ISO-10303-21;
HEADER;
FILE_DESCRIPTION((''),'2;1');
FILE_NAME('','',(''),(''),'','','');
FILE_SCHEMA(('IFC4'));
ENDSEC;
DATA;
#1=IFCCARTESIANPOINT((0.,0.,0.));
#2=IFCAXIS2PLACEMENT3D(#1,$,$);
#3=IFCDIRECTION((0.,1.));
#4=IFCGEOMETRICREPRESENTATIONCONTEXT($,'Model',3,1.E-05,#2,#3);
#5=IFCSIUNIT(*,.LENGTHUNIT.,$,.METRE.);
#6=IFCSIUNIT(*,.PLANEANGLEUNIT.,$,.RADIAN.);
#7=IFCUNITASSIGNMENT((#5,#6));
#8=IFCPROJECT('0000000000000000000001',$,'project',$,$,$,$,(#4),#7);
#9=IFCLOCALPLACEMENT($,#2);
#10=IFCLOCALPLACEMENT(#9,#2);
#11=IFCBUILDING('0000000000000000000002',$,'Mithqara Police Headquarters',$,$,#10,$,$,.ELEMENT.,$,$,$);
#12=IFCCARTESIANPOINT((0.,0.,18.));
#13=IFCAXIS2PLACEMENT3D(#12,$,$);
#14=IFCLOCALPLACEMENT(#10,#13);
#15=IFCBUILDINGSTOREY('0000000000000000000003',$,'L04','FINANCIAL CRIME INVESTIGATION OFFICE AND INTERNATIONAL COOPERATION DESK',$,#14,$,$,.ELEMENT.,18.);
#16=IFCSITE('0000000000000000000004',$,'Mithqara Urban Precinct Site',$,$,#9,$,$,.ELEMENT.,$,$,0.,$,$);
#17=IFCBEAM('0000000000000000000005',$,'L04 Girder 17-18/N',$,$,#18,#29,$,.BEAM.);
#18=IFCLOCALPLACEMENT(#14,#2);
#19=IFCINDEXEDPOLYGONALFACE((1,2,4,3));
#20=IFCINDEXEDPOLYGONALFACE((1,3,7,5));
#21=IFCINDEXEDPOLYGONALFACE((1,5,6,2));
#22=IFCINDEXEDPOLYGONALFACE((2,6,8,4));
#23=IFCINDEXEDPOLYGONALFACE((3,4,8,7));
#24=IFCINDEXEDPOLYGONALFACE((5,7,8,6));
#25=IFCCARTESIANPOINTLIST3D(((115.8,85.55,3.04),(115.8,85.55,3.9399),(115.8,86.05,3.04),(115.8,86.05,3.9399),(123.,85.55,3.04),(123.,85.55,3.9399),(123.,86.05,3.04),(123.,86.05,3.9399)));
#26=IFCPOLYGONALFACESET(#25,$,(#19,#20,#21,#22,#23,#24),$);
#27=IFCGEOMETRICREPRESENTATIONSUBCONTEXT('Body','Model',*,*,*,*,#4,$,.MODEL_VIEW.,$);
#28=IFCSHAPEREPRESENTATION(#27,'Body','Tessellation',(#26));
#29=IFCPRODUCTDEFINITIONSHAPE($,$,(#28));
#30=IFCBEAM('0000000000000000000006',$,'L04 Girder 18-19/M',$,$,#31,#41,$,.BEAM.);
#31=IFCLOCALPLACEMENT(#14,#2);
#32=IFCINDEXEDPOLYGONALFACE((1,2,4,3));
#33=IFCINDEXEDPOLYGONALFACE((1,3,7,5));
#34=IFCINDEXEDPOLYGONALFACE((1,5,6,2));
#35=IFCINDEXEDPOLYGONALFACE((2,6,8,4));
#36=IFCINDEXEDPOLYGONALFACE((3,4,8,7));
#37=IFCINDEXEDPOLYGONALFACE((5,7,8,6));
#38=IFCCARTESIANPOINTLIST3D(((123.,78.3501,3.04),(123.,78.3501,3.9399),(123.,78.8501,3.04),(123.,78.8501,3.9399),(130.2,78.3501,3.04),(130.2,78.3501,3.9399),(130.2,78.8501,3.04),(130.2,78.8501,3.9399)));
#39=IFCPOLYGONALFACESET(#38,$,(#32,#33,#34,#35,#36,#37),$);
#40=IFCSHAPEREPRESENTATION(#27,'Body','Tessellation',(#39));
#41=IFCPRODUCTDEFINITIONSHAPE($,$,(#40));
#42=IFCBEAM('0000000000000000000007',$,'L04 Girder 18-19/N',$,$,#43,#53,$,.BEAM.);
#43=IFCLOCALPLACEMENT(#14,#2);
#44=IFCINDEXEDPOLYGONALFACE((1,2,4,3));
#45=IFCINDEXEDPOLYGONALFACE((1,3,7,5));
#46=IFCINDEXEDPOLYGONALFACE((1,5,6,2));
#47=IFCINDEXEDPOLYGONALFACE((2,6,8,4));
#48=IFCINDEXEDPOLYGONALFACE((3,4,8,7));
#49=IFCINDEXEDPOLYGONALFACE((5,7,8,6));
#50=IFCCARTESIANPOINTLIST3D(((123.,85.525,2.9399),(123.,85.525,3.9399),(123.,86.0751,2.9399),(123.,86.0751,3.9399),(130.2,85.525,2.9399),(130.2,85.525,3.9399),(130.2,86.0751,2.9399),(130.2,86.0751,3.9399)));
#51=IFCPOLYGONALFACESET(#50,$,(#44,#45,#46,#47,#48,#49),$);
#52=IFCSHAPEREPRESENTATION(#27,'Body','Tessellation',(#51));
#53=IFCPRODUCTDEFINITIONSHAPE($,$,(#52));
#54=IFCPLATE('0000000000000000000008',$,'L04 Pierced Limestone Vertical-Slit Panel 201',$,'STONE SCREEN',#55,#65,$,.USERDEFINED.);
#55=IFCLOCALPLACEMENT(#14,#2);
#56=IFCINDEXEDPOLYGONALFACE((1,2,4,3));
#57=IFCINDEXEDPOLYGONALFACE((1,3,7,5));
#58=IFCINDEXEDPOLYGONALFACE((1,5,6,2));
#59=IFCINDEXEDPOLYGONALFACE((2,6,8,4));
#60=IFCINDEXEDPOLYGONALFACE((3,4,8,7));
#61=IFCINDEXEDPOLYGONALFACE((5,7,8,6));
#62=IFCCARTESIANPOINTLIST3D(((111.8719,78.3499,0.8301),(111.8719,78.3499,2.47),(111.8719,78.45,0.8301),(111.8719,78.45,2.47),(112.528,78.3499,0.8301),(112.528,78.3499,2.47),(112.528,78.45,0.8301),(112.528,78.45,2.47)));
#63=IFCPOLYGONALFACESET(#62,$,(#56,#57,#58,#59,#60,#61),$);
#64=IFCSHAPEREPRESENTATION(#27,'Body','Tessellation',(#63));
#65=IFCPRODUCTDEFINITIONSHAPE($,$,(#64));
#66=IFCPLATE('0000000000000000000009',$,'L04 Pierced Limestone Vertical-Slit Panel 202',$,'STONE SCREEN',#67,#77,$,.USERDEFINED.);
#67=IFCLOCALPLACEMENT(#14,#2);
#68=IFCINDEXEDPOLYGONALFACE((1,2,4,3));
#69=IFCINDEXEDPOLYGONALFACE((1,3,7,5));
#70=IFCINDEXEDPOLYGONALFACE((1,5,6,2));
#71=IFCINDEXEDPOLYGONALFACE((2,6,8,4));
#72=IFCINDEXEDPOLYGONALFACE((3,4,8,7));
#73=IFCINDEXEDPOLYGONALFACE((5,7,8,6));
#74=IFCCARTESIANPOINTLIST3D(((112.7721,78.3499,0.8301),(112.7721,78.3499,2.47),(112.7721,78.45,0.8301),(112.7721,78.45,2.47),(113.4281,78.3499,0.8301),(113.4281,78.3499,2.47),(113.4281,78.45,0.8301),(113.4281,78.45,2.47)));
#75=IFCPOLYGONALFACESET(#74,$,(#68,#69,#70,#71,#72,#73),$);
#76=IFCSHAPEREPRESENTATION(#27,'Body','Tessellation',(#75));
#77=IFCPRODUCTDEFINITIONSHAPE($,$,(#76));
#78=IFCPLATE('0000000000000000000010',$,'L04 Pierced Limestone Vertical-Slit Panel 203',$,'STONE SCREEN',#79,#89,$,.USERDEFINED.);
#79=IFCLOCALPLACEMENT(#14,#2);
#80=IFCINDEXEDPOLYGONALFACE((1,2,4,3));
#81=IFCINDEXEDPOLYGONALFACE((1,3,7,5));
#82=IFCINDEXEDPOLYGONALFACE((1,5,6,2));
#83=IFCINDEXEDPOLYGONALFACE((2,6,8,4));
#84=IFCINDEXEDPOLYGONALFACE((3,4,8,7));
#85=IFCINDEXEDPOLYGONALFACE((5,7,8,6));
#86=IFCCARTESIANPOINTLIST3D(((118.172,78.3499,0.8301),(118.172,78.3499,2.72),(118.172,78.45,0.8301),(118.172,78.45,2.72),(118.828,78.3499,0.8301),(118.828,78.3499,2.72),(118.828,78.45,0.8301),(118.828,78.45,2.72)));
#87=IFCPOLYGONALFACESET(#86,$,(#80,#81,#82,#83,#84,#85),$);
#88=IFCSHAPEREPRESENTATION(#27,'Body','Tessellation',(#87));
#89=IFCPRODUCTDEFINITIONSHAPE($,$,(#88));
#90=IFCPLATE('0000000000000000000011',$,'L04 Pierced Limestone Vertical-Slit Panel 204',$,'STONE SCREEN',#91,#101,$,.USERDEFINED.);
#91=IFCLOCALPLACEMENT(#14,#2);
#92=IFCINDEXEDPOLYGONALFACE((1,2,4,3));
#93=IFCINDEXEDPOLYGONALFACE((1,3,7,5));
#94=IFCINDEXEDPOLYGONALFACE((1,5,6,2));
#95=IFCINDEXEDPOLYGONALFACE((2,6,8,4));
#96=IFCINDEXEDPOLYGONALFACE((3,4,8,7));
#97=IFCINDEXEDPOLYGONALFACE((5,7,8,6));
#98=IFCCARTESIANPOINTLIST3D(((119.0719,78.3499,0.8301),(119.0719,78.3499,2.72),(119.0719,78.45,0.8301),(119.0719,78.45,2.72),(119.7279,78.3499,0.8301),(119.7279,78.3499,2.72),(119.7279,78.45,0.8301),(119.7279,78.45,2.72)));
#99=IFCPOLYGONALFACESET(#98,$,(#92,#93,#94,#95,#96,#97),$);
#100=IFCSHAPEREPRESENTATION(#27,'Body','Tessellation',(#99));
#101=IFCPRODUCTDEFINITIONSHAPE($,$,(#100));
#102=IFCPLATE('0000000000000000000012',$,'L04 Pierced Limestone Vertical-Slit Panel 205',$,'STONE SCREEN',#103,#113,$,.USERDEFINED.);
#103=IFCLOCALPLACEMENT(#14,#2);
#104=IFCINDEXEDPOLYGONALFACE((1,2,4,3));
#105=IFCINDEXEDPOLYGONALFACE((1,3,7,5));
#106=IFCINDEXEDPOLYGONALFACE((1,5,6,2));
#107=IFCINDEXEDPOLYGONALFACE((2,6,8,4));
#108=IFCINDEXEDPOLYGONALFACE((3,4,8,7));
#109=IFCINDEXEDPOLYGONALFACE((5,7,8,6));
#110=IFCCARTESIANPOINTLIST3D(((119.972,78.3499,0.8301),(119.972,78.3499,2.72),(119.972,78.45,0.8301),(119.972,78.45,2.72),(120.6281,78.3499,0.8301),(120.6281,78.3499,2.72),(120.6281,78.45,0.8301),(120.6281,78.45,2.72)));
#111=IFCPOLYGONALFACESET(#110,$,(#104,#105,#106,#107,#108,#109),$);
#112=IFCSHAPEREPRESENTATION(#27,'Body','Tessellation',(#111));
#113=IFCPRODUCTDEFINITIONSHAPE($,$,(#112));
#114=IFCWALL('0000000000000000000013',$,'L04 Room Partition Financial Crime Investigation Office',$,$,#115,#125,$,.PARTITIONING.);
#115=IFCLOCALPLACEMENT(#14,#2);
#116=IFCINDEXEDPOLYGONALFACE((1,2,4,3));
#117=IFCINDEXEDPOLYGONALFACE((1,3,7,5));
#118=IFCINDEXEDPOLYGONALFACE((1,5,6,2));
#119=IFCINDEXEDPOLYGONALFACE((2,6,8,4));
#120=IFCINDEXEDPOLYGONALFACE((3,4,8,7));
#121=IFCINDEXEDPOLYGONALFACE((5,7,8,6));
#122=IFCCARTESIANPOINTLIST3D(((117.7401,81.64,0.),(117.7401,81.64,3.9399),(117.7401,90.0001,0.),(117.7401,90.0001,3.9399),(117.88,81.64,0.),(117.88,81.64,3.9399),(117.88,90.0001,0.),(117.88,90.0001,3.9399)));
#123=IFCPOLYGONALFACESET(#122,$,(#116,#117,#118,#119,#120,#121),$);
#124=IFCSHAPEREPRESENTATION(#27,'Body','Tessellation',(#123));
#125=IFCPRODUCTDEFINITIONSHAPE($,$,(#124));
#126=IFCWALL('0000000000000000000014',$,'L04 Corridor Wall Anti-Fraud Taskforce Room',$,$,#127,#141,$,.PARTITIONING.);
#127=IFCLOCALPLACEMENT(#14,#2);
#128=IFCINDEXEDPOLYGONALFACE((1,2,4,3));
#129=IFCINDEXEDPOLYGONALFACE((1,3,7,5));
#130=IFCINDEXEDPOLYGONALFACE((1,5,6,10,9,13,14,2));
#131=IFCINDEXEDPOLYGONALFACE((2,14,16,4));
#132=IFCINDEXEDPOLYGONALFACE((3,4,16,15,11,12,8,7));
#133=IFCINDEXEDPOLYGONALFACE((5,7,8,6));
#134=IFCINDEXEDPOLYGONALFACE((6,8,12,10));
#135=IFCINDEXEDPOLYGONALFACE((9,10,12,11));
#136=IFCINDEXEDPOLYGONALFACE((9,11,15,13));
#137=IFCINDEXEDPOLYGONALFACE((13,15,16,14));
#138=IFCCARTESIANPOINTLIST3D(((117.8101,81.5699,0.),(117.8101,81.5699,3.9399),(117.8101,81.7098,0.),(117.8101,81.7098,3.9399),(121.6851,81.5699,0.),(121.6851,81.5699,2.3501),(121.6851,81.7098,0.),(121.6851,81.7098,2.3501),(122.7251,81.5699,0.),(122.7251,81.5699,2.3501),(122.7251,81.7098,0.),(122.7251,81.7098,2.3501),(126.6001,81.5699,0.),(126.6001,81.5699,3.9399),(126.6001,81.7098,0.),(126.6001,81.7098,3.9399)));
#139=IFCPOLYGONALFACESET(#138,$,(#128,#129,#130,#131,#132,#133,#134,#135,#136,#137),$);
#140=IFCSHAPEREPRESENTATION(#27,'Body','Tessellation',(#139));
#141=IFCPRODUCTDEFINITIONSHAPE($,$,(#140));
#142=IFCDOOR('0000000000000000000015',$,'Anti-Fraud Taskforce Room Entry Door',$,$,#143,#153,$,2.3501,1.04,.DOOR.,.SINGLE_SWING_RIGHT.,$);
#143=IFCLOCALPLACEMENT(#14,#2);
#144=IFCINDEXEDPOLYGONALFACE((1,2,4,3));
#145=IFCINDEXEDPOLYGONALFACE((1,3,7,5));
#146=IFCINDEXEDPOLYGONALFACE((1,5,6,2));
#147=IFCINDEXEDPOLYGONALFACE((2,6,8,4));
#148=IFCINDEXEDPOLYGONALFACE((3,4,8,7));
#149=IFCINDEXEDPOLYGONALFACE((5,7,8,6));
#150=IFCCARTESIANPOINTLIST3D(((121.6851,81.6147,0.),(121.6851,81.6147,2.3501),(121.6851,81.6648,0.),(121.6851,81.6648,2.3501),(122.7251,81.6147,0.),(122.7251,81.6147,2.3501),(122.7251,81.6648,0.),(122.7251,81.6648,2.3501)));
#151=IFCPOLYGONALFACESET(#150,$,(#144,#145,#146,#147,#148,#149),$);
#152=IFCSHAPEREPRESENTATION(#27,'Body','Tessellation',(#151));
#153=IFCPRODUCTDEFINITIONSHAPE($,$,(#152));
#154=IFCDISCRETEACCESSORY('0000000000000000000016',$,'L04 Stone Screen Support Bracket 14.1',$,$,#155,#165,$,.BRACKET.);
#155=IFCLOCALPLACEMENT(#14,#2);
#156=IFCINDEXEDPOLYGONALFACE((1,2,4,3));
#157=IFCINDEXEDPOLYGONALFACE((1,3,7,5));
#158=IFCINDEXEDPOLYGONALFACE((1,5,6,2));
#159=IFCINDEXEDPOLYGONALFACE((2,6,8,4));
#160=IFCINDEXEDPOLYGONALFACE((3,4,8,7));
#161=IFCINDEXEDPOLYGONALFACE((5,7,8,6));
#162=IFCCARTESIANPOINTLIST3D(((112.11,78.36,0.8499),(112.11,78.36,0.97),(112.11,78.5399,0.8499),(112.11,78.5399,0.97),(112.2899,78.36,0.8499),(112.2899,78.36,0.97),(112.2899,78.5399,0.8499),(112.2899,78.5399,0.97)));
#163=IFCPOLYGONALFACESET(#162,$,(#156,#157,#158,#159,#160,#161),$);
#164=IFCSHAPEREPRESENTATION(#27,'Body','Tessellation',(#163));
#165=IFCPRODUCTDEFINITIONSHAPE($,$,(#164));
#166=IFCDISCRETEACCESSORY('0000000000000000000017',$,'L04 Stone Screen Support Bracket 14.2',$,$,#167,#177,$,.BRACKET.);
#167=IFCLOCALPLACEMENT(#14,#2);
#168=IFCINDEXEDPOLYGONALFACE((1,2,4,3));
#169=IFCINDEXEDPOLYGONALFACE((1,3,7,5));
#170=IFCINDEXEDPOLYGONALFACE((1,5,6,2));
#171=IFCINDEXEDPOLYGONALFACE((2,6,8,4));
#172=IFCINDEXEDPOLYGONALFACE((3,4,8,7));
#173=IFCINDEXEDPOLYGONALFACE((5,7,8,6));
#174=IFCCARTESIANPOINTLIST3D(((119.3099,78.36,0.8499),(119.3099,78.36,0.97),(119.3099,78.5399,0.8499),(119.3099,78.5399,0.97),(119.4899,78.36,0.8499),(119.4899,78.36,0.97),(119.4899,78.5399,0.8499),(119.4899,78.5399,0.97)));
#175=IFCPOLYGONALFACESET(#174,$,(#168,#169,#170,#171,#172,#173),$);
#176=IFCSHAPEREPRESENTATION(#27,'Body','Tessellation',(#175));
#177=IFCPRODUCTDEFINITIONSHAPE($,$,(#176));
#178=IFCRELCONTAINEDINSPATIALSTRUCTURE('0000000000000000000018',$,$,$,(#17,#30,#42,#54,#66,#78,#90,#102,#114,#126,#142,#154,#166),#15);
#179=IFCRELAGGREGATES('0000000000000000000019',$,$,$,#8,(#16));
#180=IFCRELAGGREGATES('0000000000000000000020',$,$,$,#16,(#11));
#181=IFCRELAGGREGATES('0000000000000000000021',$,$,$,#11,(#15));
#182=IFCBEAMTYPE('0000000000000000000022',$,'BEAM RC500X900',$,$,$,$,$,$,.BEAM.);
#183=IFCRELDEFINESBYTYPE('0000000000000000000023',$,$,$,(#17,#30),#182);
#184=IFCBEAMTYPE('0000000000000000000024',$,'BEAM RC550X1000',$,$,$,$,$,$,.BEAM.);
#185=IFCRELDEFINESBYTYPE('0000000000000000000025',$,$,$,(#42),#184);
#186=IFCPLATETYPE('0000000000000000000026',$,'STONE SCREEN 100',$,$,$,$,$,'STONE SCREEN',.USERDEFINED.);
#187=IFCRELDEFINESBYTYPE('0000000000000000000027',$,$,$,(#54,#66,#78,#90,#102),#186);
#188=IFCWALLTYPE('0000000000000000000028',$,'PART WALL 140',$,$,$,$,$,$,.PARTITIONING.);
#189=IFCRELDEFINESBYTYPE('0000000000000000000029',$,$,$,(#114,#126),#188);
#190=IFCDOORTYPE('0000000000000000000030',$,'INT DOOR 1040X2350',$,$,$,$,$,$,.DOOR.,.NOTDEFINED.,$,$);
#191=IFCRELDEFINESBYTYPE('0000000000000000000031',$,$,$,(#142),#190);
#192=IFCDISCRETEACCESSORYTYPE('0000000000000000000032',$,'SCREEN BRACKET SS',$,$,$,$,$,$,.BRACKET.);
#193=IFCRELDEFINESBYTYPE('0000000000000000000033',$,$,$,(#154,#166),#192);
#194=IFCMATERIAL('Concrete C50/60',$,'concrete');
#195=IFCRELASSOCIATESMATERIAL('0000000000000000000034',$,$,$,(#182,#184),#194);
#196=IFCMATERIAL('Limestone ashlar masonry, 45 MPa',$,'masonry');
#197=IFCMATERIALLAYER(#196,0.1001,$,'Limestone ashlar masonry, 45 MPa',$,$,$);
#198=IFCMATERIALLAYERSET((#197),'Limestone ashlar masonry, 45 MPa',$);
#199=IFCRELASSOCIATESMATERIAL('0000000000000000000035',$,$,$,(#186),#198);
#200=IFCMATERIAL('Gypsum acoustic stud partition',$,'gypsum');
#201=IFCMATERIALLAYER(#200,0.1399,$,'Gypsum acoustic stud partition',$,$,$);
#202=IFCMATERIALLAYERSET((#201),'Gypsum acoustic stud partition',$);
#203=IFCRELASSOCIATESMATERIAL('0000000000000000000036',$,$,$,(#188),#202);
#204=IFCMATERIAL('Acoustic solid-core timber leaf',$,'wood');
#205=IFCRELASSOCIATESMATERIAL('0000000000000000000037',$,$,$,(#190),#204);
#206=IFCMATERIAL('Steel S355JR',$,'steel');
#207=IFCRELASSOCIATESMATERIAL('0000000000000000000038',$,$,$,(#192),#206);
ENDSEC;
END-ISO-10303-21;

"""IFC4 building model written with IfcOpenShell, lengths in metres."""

from ifc_helpers import new_model, si_unit, direction, frame, frame_2d, origin, origin_2d, place, context, subcontext, project, spatial, rectangle, extrude, material, layer, layer_set, material_profile, profile_set, type_object, element, fill, save


model = new_model("IFC4")

# Units and contexts
model_context = context("Model", 3, precision=1e-05, world=origin(), true_north=direction((0.0, 1.0)))
body_context = subcontext(model_context, "Body", "Model", "MODEL_VIEW")
ifc_project = project(units=[si_unit("LENGTHUNIT", "METRE"), si_unit("PLANEANGLEUNIT", "RADIAN")], contexts=[model_context])

# Site, building, storey
site_placement = place(None, origin())
site = spatial("IfcSite", under=ifc_project, at=site_placement, Name="Mithqara Urban Precinct Site", CompositionType="ELEMENT", RefElevation=0.0)
building_placement = place(site_placement, origin())
building = spatial("IfcBuilding", under=site, at=building_placement, Name="Mithqara Police Headquarters", CompositionType="ELEMENT")
storey_placement = place(building_placement, frame((0.0, 0.0, 18.0)))
storey = spatial("IfcBuildingStorey", under=building, at=storey_placement, Name="L04", Description="FINANCIAL CRIME INVESTIGATION OFFICE AND INTERNATIONAL COOPERATION DESK", CompositionType="ELEMENT", Elevation=18.0)

# Shared definitions
ifc_material_1 = material(Name="Concrete C50/60", Category="concrete")

# Beams
ifc_material_2 = material(Name="Steel S355JR", Category="steel")
ifc_material_profile_1 = material_profile(ifc_material_1, rectangle(XDim=0.5, YDim=0.8999, at=origin_2d()), Name="RC 500x900")
ifc_profile_set_1 = profile_set([ifc_material_profile_1], Name="Concrete C50/60")
beam_type_1 = type_object("IfcBeamType", Name="BEAM RC500X900", PredefinedType="BEAM", material=ifc_profile_set_1)
for number, where, z_axis, x_axis, name in (
    (1, (115.8, 85.8, 3.49), (1.0, 0.0, 0.0), (0.0, 1.0, 0.0), "L04 Girder 17-18/N"),
    (2, (123.0, 78.6001, 3.49), (1.0, 0.0, 0.0), (0.0, 1.0, 0.0), "L04 Girder 18-19/M"),
):
    element("IfcBeam", number, at=place(storey_placement, frame(where, z_axis=z_axis, x_axis=x_axis)), inside=storey, type_object=beam_type_1, Name=name, PredefinedType="BEAM", context=body_context, shape_type="SweptSolid", body=[
        extrude(rectangle(XDim=0.5, YDim=0.8999, at=origin_2d()), origin(), (0.0, 0.0, 1.0), 7.2),
    ])
ifc_material_profile_2 = material_profile(ifc_material_1, rectangle(XDim=0.55, YDim=1.0, at=origin_2d()), Name="RC 550x1000")
ifc_profile_set_2 = profile_set([ifc_material_profile_2], Name="Concrete C50/60")
beam_type_2 = type_object("IfcBeamType", Name="BEAM RC550X1000", PredefinedType="BEAM", material=ifc_profile_set_2)
beam_1_placement = place(storey_placement, frame((123.0, 85.8, 3.4399), z_axis=(1.0, 0.0, 0.0), x_axis=(0.0, 1.0, 0.0)))
element("IfcBeam", 3, at=beam_1_placement, inside=storey, type_object=beam_type_2, Name="L04 Girder 18-19/N", PredefinedType="BEAM", context=body_context, shape_type="SweptSolid", body=[
    extrude(rectangle(XDim=0.55, YDim=1.0, at=origin_2d()), origin(), (0.0, 0.0, 1.0), 7.2),
])

# Plates
ifc_material_3 = material(Name="Limestone ashlar masonry, 45 MPa", Category="masonry")
ifc_layer_1 = layer(ifc_material_3, 0.1001, Name="Limestone ashlar masonry, 45 MPa")
ifc_layer_set_1 = layer_set([ifc_layer_1], Name="Limestone ashlar masonry, 45 MPa")
plate_type = type_object("IfcPlateType", Name="STONE SCREEN 100", ElementType="STONE SCREEN", PredefinedType="USERDEFINED", material=ifc_layer_set_1)
for number, where, z_axis, x_axis, name in (
    (4, (112.2, 78.3999, 0.8301), (0.0, 0.0, 1.0), (1.0, 0.0, 0.0), "L04 Pierced Limestone Vertical-Slit Panel 201"),
    (5, (113.1001, 78.3999, 0.8301), (0.0, 0.0, 1.0), (1.0, 0.0, 0.0), "L04 Pierced Limestone Vertical-Slit Panel 202"),
):
    element("IfcPlate", number, at=place(storey_placement, frame(where, z_axis=z_axis, x_axis=x_axis)), inside=storey, type_object=plate_type, Name=name, ObjectType="STONE SCREEN", PredefinedType="USERDEFINED", context=body_context, shape_type="SweptSolid", body=[
        extrude(rectangle(XDim=0.656, YDim=0.1001, at=origin_2d()), origin(), (0.0, 0.0, 1.0), 1.6399),
    ])
for number, where, z_axis, x_axis, name in (
    (6, (118.5, 78.3999, 0.8301), (0.0, 0.0, 1.0), (1.0, 0.0, 0.0), "L04 Pierced Limestone Vertical-Slit Panel 203"),
    (7, (119.3999, 78.3999, 0.8301), (0.0, 0.0, 1.0), (1.0, 0.0, 0.0), "L04 Pierced Limestone Vertical-Slit Panel 204"),
    (8, (120.3, 78.3999, 0.8301), (0.0, 0.0, 1.0), (1.0, 0.0, 0.0), "L04 Pierced Limestone Vertical-Slit Panel 205"),
):
    element("IfcPlate", number, at=place(storey_placement, frame(where, z_axis=z_axis, x_axis=x_axis)), inside=storey, type_object=plate_type, Name=name, ObjectType="STONE SCREEN", PredefinedType="USERDEFINED", context=body_context, shape_type="SweptSolid", body=[
        extrude(rectangle(XDim=0.656, YDim=0.1001, at=origin_2d()), origin(), (0.0, 0.0, 1.0), 1.8899),
    ])

# Wall
ifc_material_4 = material(Name="Gypsum acoustic stud partition", Category="gypsum")
ifc_layer_2 = layer(ifc_material_4, 0.1399, Name="Gypsum acoustic stud partition")
ifc_layer_set_2 = layer_set([ifc_layer_2], Name="Gypsum acoustic stud partition")
wall_type = type_object("IfcWallType", Name="PART WALL 140", PredefinedType="PARTITIONING", material=ifc_layer_set_2)
wall_1_placement = place(storey_placement, frame((117.8101, 81.6399, 0.0), z_axis=(0.0, 0.0, 1.0), x_axis=(0.0, 1.0, 0.0)))
element("IfcWall", 9, at=wall_1_placement, inside=storey, type_object=wall_type, Name="L04 Room Partition Financial Crime Investigation Office", PredefinedType="PARTITIONING", context=body_context, shape_type="SweptSolid", body=[
    extrude(rectangle(XDim=8.3601, YDim=0.1399, at=frame_2d((4.1802, 0.0))), origin(), (0.0, 0.0, 1.0), 3.9399),
])

# Wall, opening, door
wall_2_placement = place(storey_placement, frame((117.8101, 81.6399, 0.0), z_axis=(0.0, 0.0, 1.0), x_axis=(1.0, 0.0, 0.0)))
wall_2 = element("IfcWall", 10, at=wall_2_placement, inside=storey, type_object=wall_type, Name="L04 Corridor Wall Anti-Fraud Taskforce Room", PredefinedType="PARTITIONING", context=body_context, shape_type="SweptSolid", body=[
    extrude(rectangle(XDim=8.79, YDim=0.1399, at=frame_2d((4.395, 0.0))), origin(), (0.0, 0.0, 1.0), 3.9399),
])
opening_placement = place(wall_2_placement, frame((3.875, 0.0, 0.0)))
opening = element("IfcOpeningElement", 11, at=opening_placement, cuts=wall_2, PredefinedType="OPENING", context=body_context, shape_type="SweptSolid", body=[
    extrude(rectangle(XDim=1.04, YDim=2.3501, at=frame_2d((0.52, 1.175))), frame((0.0, 0.0801, 0.0), z_axis=(0.0, -1.0, 0.0), x_axis=(1.0, 0.0, 0.0)), (0.0, 0.0, 1.0), 0.1599),
])
ifc_material_5 = material(Name="Acoustic solid-core timber leaf", Category="wood")
door_type = type_object("IfcDoorType", Name="INT DOOR 1040X2350", OperationType="NOTDEFINED", PredefinedType="DOOR", material=ifc_material_5)
door_placement = place(opening_placement, origin())
door = element("IfcDoor", 12, at=door_placement, inside=storey, type_object=door_type, Name="Anti-Fraud Taskforce Room Entry Door", OperationType="SINGLE_SWING_RIGHT", OverallHeight=2.3501, OverallWidth=1.04, PredefinedType="DOOR", context=body_context, shape_type="SweptSolid", body=[
    extrude(rectangle(XDim=1.04, YDim=2.3501, at=frame_2d((0.52, 1.175))), frame((0.0, 0.0249, 0.0), z_axis=(0.0, -1.0, 0.0), x_axis=(1.0, 0.0, 0.0)), (0.0, 0.0, 1.0), 0.05),
])
fill(opening, door)

# Discrete accessories
discrete_accessory_type = type_object("IfcDiscreteAccessoryType", Name="SCREEN BRACKET SS", PredefinedType="BRACKET", material=ifc_material_2)
for number, where, z_axis, x_axis, name in (
    (13, (112.2, 78.45, 0.8499), (0.0, 0.0, 1.0), (1.0, 0.0, 0.0), "L04 Stone Screen Support Bracket 14.1"),
    (14, (119.3999, 78.45, 0.8499), (0.0, 0.0, 1.0), (1.0, 0.0, 0.0), "L04 Stone Screen Support Bracket 14.2"),
):
    element("IfcDiscreteAccessory", number, at=place(storey_placement, frame(where, z_axis=z_axis, x_axis=x_axis)), inside=storey, type_object=discrete_accessory_type, Name=name, PredefinedType="BRACKET", context=body_context, shape_type="SweptSolid", body=[
        extrude(rectangle(XDim=0.1799, YDim=0.1799, at=origin_2d()), origin(), (0.0, 0.0, 1.0), 0.1201),
    ])

save(model, "model.ifc")
